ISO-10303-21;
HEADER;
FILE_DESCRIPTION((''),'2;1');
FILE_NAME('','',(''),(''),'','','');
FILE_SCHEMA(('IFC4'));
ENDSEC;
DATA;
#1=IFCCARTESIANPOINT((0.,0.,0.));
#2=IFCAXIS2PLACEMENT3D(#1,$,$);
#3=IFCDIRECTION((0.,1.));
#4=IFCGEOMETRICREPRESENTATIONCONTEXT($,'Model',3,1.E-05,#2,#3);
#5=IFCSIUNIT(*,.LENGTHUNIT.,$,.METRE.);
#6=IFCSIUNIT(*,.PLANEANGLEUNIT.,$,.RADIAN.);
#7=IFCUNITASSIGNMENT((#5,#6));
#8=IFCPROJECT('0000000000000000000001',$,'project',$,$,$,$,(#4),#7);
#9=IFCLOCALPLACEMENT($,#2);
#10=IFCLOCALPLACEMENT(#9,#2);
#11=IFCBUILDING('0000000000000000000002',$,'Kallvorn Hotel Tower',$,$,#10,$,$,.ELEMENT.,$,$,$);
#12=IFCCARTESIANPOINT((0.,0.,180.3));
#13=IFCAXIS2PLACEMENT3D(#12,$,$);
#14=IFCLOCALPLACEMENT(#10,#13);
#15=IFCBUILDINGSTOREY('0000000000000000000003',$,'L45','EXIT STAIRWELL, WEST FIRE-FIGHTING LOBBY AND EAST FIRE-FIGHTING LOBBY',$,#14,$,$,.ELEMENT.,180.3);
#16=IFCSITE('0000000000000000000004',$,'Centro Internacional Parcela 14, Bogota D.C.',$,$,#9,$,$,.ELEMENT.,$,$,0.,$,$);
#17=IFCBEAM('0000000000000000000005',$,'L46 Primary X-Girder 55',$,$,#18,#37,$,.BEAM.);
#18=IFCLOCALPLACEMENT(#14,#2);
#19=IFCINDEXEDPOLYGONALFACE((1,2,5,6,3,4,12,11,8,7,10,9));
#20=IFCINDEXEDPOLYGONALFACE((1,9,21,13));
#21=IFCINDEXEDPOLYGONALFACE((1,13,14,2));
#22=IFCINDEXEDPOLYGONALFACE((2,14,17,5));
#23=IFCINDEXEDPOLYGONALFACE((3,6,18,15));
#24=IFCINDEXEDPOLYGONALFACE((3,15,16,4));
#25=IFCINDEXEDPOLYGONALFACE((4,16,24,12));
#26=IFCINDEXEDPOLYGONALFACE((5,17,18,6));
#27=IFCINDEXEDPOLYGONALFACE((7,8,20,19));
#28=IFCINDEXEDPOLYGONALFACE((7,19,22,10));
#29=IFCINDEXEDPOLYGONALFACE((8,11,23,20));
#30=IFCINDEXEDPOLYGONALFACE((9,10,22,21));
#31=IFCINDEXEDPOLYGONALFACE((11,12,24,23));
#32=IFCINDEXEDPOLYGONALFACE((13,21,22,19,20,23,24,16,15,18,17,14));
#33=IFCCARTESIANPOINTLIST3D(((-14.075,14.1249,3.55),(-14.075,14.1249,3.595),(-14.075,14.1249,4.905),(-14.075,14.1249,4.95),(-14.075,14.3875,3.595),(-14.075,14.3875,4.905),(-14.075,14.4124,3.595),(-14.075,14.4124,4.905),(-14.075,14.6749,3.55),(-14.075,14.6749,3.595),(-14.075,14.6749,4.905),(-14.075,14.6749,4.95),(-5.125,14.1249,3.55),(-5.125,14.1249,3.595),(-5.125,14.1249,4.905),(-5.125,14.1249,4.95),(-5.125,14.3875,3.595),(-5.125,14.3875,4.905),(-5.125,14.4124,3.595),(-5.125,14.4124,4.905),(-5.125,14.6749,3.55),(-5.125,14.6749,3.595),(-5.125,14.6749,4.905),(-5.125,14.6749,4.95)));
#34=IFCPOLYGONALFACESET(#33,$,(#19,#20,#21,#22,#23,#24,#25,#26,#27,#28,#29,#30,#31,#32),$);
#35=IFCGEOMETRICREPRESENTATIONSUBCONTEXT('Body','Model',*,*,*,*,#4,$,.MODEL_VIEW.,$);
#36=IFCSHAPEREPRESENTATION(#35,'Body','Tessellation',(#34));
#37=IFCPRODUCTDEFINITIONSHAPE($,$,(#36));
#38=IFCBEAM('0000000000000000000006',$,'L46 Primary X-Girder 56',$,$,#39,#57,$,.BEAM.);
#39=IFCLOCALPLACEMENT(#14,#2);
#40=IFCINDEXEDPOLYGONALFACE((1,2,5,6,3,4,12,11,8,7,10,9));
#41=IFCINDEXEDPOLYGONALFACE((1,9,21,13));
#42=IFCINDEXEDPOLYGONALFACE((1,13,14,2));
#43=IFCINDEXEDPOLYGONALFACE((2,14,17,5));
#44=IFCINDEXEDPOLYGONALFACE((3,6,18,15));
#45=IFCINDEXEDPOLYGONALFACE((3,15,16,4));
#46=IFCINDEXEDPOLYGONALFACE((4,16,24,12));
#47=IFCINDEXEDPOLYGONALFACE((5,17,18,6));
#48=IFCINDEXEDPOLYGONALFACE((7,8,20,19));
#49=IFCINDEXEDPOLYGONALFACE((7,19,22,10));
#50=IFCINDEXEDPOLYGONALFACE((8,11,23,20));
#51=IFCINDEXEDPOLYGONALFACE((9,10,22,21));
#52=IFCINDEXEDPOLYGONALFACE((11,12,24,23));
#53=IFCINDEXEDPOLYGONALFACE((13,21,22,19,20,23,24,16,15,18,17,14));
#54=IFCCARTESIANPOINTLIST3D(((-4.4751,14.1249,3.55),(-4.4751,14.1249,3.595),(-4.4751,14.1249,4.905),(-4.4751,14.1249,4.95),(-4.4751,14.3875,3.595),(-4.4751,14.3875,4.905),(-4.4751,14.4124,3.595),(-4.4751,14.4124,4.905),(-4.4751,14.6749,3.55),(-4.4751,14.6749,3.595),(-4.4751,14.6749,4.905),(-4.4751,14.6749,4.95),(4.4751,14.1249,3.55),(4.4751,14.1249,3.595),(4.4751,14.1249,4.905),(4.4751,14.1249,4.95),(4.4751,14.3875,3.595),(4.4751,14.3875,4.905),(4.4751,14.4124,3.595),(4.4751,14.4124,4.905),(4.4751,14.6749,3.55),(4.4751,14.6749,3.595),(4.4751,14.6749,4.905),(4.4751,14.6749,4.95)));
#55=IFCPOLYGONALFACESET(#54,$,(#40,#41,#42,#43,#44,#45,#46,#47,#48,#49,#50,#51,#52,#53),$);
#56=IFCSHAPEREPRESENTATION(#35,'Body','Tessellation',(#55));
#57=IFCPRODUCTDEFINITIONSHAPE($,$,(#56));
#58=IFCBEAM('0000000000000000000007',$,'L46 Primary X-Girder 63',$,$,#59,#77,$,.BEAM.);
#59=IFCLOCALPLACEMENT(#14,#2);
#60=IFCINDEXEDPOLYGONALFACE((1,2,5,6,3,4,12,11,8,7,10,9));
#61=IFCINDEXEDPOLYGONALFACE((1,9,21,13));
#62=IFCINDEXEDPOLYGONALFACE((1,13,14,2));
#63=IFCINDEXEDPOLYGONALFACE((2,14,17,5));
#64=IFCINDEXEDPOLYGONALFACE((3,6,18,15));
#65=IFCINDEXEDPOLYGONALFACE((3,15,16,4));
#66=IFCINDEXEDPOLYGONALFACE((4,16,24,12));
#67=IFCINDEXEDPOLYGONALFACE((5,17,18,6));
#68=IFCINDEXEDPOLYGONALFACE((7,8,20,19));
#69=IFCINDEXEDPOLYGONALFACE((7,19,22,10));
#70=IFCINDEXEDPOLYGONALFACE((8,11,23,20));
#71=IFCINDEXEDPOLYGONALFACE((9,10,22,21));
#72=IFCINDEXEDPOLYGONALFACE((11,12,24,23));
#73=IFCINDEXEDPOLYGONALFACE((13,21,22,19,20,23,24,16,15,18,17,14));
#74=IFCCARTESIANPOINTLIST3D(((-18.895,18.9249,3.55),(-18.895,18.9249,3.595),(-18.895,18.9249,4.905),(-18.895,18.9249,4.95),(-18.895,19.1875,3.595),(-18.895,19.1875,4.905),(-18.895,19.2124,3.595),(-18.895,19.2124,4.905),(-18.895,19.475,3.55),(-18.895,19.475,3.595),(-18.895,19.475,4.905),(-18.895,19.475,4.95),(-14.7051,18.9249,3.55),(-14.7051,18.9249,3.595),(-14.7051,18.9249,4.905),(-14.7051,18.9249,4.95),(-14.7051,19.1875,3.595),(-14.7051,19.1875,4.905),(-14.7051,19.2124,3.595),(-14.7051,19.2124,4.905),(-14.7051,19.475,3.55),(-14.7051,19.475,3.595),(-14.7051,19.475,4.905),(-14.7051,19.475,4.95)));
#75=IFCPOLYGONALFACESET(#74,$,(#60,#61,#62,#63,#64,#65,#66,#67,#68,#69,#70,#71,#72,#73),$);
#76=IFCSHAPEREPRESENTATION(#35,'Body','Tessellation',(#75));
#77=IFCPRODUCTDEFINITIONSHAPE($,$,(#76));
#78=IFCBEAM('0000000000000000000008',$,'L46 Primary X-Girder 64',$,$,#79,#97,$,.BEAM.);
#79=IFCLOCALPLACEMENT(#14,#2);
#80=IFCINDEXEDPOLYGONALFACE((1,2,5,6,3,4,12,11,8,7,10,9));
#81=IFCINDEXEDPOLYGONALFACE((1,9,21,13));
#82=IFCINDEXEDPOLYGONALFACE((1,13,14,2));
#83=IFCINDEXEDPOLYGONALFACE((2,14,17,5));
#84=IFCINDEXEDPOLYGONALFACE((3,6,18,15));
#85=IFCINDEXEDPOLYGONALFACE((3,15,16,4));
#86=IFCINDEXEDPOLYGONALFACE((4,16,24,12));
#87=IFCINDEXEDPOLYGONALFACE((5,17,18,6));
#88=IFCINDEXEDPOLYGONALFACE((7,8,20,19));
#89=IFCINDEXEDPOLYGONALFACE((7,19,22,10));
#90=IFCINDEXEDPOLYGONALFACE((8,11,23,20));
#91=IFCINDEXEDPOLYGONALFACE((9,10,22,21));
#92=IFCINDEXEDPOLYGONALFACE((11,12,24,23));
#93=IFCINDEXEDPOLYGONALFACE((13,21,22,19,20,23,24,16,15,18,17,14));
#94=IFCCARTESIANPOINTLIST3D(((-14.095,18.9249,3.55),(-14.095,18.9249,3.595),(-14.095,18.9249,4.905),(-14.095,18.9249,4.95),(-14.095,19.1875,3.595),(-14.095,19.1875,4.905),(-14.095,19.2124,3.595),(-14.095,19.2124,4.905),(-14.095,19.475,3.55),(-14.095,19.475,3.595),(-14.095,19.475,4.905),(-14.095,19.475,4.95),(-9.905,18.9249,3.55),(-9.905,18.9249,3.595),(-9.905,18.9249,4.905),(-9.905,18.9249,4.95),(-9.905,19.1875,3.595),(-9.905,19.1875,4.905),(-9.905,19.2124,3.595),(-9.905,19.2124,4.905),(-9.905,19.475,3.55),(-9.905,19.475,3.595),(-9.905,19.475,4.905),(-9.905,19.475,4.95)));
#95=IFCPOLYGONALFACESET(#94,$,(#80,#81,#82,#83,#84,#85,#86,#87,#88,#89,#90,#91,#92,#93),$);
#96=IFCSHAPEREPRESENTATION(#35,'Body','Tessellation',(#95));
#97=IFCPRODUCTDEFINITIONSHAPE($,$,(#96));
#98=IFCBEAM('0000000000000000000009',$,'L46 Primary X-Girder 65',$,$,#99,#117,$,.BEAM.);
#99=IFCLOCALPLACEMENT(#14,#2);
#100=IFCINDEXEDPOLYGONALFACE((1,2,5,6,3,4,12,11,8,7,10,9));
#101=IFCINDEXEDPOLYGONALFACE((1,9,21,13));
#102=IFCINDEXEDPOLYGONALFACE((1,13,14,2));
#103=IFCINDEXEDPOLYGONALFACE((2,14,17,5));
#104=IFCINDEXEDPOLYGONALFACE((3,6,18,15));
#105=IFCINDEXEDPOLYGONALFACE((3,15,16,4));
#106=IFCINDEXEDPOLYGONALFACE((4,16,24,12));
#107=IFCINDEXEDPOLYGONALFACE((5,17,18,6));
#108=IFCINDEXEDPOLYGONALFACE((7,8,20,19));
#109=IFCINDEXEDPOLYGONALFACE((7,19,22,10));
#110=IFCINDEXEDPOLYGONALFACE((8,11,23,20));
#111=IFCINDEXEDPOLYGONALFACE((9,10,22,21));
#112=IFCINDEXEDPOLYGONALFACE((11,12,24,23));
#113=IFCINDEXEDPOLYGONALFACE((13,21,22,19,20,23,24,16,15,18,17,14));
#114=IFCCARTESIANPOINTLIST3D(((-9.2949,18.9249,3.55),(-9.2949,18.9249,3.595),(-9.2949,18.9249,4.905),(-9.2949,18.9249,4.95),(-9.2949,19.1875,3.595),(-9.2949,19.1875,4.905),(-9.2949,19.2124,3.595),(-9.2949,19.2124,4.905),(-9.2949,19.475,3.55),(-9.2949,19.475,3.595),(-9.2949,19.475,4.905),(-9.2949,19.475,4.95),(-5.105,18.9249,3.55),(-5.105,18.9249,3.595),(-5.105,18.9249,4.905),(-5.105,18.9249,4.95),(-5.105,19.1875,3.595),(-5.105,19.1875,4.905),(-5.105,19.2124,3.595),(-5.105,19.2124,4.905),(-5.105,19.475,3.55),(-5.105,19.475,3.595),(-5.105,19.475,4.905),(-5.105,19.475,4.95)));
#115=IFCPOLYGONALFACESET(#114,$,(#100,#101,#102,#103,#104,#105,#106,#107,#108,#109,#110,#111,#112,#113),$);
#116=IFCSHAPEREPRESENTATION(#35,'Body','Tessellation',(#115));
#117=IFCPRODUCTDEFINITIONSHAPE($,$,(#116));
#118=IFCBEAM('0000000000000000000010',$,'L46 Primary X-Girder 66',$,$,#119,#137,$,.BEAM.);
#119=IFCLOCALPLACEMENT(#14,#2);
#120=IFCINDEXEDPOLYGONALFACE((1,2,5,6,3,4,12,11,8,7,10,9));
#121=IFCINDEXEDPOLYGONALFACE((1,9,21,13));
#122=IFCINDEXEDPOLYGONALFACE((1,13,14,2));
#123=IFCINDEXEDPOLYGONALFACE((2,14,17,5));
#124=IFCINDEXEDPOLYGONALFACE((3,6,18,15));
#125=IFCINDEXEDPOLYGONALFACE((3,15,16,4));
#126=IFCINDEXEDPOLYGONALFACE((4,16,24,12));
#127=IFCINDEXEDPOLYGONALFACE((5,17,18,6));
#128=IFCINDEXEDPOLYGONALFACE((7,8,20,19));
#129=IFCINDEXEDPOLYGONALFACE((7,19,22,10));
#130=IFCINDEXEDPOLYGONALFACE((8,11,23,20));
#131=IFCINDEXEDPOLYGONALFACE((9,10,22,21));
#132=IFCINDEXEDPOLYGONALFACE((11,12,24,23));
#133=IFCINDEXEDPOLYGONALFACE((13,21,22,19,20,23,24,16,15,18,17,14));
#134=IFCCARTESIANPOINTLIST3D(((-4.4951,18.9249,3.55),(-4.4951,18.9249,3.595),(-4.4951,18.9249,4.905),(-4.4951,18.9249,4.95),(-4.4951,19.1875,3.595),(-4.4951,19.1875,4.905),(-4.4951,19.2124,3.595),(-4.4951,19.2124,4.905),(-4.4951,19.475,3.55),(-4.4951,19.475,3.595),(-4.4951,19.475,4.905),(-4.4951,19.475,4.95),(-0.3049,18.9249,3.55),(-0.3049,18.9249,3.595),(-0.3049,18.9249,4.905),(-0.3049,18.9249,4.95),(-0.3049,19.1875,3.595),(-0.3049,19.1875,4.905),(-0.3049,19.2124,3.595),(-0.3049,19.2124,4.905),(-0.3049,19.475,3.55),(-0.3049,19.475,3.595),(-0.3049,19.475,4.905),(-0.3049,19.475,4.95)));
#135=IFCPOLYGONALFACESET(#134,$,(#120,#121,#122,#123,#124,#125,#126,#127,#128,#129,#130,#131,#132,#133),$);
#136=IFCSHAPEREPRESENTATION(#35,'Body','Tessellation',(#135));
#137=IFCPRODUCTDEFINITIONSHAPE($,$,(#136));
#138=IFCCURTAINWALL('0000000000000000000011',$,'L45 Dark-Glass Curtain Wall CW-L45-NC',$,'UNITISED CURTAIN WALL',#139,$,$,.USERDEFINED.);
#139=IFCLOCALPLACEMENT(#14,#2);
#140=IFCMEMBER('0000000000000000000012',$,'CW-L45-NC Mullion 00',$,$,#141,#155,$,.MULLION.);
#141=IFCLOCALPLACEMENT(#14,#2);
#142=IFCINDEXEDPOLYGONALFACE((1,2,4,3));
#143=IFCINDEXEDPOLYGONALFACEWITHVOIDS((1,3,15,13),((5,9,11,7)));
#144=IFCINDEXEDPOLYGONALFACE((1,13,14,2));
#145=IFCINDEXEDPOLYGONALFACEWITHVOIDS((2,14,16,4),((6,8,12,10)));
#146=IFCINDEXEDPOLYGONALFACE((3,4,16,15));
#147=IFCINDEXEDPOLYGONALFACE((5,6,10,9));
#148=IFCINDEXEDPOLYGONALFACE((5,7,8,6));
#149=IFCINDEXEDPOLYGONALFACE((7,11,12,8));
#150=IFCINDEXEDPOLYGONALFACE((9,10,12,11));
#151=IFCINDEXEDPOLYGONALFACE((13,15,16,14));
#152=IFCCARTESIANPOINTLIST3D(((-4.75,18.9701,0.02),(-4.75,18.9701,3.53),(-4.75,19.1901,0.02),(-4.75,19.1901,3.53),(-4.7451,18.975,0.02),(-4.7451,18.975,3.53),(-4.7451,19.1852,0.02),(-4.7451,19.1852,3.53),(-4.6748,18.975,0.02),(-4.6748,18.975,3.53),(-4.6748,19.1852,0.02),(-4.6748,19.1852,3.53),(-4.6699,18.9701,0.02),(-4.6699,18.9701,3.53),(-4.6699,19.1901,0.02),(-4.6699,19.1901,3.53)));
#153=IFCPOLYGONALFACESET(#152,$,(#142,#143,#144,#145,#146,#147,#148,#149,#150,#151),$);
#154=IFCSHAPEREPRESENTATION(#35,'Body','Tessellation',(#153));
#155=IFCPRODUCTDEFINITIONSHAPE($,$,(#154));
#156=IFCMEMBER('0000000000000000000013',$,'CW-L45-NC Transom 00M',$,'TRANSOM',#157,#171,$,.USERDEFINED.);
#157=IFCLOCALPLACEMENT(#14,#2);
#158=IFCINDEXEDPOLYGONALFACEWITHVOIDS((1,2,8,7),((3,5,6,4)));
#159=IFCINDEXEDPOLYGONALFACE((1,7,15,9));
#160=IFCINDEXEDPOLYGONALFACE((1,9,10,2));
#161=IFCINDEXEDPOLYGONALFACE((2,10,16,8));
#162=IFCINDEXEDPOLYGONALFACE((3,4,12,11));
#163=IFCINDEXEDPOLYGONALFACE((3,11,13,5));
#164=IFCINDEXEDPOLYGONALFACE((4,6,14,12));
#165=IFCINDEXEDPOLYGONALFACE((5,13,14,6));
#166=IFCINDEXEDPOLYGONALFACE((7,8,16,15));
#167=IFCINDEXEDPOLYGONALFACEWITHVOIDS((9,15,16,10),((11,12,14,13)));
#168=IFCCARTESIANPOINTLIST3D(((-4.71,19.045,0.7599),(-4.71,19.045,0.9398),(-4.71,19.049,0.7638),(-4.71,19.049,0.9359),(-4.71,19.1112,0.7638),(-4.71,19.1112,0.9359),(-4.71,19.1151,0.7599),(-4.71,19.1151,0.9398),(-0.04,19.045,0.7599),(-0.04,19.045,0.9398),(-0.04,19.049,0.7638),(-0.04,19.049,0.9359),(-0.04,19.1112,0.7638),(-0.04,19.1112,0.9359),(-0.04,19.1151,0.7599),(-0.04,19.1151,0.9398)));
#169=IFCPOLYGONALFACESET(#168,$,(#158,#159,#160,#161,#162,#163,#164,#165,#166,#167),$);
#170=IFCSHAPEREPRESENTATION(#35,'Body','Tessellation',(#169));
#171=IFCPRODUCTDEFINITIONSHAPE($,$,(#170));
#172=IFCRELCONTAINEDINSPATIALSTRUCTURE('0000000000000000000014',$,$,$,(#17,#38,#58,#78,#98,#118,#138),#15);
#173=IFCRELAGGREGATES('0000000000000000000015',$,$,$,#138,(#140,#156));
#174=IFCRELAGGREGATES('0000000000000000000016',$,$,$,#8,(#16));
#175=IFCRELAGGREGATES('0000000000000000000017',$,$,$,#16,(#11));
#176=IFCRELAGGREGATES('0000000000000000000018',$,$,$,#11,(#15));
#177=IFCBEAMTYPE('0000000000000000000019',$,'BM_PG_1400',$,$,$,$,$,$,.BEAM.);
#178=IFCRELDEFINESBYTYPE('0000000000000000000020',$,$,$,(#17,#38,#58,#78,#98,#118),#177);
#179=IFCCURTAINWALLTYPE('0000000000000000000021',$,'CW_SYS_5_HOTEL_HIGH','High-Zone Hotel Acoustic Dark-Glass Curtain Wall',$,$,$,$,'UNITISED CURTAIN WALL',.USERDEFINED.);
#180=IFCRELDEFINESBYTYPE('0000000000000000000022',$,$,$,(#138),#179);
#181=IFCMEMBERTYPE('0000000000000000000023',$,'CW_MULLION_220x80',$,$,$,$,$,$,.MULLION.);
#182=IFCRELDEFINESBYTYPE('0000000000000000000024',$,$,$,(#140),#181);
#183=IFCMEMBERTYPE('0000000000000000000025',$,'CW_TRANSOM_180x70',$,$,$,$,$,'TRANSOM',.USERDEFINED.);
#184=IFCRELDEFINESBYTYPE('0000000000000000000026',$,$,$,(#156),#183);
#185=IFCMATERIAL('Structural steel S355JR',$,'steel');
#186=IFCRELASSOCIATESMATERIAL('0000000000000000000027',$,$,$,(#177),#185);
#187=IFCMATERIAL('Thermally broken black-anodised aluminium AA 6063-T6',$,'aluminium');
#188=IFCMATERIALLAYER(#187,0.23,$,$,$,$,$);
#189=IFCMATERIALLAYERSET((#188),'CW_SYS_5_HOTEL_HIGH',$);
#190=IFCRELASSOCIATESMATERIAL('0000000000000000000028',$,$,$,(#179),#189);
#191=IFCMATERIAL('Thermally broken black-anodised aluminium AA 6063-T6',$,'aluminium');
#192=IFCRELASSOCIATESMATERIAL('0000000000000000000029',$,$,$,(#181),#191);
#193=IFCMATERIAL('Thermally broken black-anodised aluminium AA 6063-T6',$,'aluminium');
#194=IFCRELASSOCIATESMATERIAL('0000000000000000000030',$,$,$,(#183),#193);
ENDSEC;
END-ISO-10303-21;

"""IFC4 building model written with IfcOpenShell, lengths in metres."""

from ifc_helpers import new_model, si_unit, direction, frame, origin, origin_2d, place, context, subcontext, project, spatial, hollow_rectangle, i_section, extrude, material, layer, layer_set, material_profile, profile_set, type_object, element, aggregate, save


model = new_model("IFC4")

# Units and contexts
model_context = context("Model", 3, precision=1e-05, world=origin(), true_north=direction((0.0, 1.0)))
body_context = subcontext(model_context, "Body", "Model", "MODEL_VIEW")
ifc_project = project(units=[si_unit("LENGTHUNIT", "METRE"), si_unit("PLANEANGLEUNIT", "RADIAN")], contexts=[model_context])

# Site, building, storey
site_placement = place(None, origin())
site = spatial("IfcSite", under=ifc_project, at=site_placement, Name="Centro Internacional Parcela 14, Bogota D.C.", CompositionType="ELEMENT", RefElevation=0.0)
building_placement = place(site_placement, origin())
building = spatial("IfcBuilding", under=site, at=building_placement, Name="Kallvorn Hotel Tower", CompositionType="ELEMENT")
storey_placement = place(building_placement, frame((0.0, 0.0, 180.3)))
storey = spatial("IfcBuildingStorey", under=building, at=storey_placement, Name="L45", Description="EXIT STAIRWELL, WEST FIRE-FIGHTING LOBBY AND EAST FIRE-FIGHTING LOBBY", CompositionType="ELEMENT", Elevation=180.3)

# Beams
ifc_material_1 = material(Name="Structural steel S355JR", Category="steel")
ifc_material_profile_1 = material_profile(ifc_material_1, i_section(OverallWidth=0.55, OverallDepth=1.3999, WebThickness=0.0249, FlangeThickness=0.0449, at=origin_2d()), Name="PG 1400x550x25x45")
ifc_profile_set_1 = profile_set([ifc_material_profile_1], Name="Structural steel S355JR")
beam_type_1 = type_object("IfcBeamType", Name="BM_PG_1400", PredefinedType="BEAM", material=ifc_profile_set_1)
beam_1_placement = place(storey_placement, frame((-14.075, 14.3999, 4.25), z_axis=(1.0, 0.0, 0.0), x_axis=(0.0, 1.0, 0.0)))
element("IfcBeam", 1, at=beam_1_placement, inside=storey, type_object=beam_type_1, Name="L46 Primary X-Girder 55", PredefinedType="BEAM", context=body_context, shape_type="SweptSolid", body=[
    extrude(i_section(OverallWidth=0.55, OverallDepth=1.3999, WebThickness=0.0249, FlangeThickness=0.0449, at=origin_2d()), origin(), (0.0, 0.0, 1.0), 8.95),
])
beam_2_placement = place(storey_placement, frame((-4.4751, 14.3999, 4.25), z_axis=(1.0, 0.0, 0.0), x_axis=(0.0, 1.0, 0.0)))
element("IfcBeam", 2, at=beam_2_placement, inside=storey, type_object=beam_type_1, Name="L46 Primary X-Girder 56", PredefinedType="BEAM", context=body_context, shape_type="SweptSolid", body=[
    extrude(i_section(OverallWidth=0.55, OverallDepth=1.3999, WebThickness=0.0249, FlangeThickness=0.0449, at=origin_2d()), origin(), (0.0, 0.0, 1.0), 8.9502),
])
for number, where, z_axis, x_axis, name in (
    (3, (-18.895, 19.2, 4.25), (1.0, 0.0, 0.0), (0.0, 1.0, 0.0), "L46 Primary X-Girder 63"),
    (4, (-14.095, 19.2, 4.25), (1.0, 0.0, 0.0), (0.0, 1.0, 0.0), "L46 Primary X-Girder 64"),
    (5, (-9.2949, 19.2, 4.25), (1.0, 0.0, 0.0), (0.0, 1.0, 0.0), "L46 Primary X-Girder 65"),
):
    element("IfcBeam", number, at=place(storey_placement, frame(where, z_axis=z_axis, x_axis=x_axis)), inside=storey, type_object=beam_type_1, Name=name, PredefinedType="BEAM", context=body_context, shape_type="SweptSolid", body=[
        extrude(i_section(OverallWidth=0.55, OverallDepth=1.3999, WebThickness=0.0249, FlangeThickness=0.0449, at=origin_2d()), origin(), (0.0, 0.0, 1.0), 4.1899),
    ])
beam_3_placement = place(storey_placement, frame((-4.4951, 19.2, 4.25), z_axis=(1.0, 0.0, 0.0), x_axis=(0.0, 1.0, 0.0)))
element("IfcBeam", 6, at=beam_3_placement, inside=storey, type_object=beam_type_1, Name="L46 Primary X-Girder 66", PredefinedType="BEAM", context=body_context, shape_type="SweptSolid", body=[
    extrude(i_section(OverallWidth=0.55, OverallDepth=1.3999, WebThickness=0.0249, FlangeThickness=0.0449, at=origin_2d()), origin(), (0.0, 0.0, 1.0), 4.1902),
])

# Curtain wall, members
ifc_material_2 = material(Name="Thermally broken black-anodised aluminium AA 6063-T6", Category="aluminium")
ifc_layer_1 = layer(ifc_material_2, 0.23)
ifc_layer_set_1 = layer_set([ifc_layer_1], Name="CW_SYS_5_HOTEL_HIGH")
curtain_wall_type = type_object("IfcCurtainWallType", Name="CW_SYS_5_HOTEL_HIGH", Description="High-Zone Hotel Acoustic Dark-Glass Curtain Wall", ElementType="UNITISED CURTAIN WALL", PredefinedType="USERDEFINED", material=ifc_layer_set_1)
curtain_wall_placement = place(storey_placement, origin())
curtain_wall = element("IfcCurtainWall", 7, at=curtain_wall_placement, inside=storey, type_object=curtain_wall_type, Name="L45 Dark-Glass Curtain Wall CW-L45-NC", ObjectType="UNITISED CURTAIN WALL", PredefinedType="USERDEFINED")
ifc_material_3 = material(Name="Thermally broken black-anodised aluminium AA 6063-T6", Category="aluminium")
ifc_material_profile_2 = material_profile(ifc_material_3, hollow_rectangle(XDim=0.0801, YDim=0.22, WallThickness=0.0049, at=origin_2d()), Name="MUL 220x80")
ifc_profile_set_2 = profile_set([ifc_material_profile_2], Name="Thermally broken black-anodised aluminium AA 6063-T6")
member_type_1 = type_object("IfcMemberType", Name="CW_MULLION_220x80", PredefinedType="MULLION", material=ifc_profile_set_2)
member_1_placement = place(storey_placement, frame((-4.71, 19.0801, 0.02), z_axis=(0.0, 0.0, 1.0), x_axis=(1.0, 0.0, 0.0)))
member_1 = element("IfcMember", 8, at=member_1_placement, type_object=member_type_1, Name="CW-L45-NC Mullion 00", PredefinedType="MULLION", context=body_context, shape_type="SweptSolid", body=[
    extrude(hollow_rectangle(XDim=0.0801, YDim=0.22, WallThickness=0.0049, at=origin_2d()), origin(), (0.0, 0.0, 1.0), 3.51),
])
ifc_material_4 = material(Name="Thermally broken black-anodised aluminium AA 6063-T6", Category="aluminium")
ifc_material_profile_3 = material_profile(ifc_material_4, hollow_rectangle(XDim=0.0701, YDim=0.1799, WallThickness=0.0039, at=origin_2d()), Name="TRN 180x70")
ifc_profile_set_3 = profile_set([ifc_material_profile_3], Name="Thermally broken black-anodised aluminium AA 6063-T6")
member_type_2 = type_object("IfcMemberType", Name="CW_TRANSOM_180x70", ElementType="TRANSOM", PredefinedType="USERDEFINED", material=ifc_profile_set_3)
member_2_placement = place(storey_placement, frame((-4.71, 19.0801, 0.8499), z_axis=(1.0, 0.0, 0.0), x_axis=(0.0, 1.0, 0.0)))
member_2 = element("IfcMember", 9, at=member_2_placement, type_object=member_type_2, Name="CW-L45-NC Transom 00M", ObjectType="TRANSOM", PredefinedType="USERDEFINED", context=body_context, shape_type="SweptSolid", body=[
    extrude(hollow_rectangle(XDim=0.0701, YDim=0.1799, WallThickness=0.0039, at=origin_2d()), origin(), (0.0, 0.0, 1.0), 4.6699),
])
aggregate(curtain_wall, [member_1, member_2])

save(model, "model.ifc")
